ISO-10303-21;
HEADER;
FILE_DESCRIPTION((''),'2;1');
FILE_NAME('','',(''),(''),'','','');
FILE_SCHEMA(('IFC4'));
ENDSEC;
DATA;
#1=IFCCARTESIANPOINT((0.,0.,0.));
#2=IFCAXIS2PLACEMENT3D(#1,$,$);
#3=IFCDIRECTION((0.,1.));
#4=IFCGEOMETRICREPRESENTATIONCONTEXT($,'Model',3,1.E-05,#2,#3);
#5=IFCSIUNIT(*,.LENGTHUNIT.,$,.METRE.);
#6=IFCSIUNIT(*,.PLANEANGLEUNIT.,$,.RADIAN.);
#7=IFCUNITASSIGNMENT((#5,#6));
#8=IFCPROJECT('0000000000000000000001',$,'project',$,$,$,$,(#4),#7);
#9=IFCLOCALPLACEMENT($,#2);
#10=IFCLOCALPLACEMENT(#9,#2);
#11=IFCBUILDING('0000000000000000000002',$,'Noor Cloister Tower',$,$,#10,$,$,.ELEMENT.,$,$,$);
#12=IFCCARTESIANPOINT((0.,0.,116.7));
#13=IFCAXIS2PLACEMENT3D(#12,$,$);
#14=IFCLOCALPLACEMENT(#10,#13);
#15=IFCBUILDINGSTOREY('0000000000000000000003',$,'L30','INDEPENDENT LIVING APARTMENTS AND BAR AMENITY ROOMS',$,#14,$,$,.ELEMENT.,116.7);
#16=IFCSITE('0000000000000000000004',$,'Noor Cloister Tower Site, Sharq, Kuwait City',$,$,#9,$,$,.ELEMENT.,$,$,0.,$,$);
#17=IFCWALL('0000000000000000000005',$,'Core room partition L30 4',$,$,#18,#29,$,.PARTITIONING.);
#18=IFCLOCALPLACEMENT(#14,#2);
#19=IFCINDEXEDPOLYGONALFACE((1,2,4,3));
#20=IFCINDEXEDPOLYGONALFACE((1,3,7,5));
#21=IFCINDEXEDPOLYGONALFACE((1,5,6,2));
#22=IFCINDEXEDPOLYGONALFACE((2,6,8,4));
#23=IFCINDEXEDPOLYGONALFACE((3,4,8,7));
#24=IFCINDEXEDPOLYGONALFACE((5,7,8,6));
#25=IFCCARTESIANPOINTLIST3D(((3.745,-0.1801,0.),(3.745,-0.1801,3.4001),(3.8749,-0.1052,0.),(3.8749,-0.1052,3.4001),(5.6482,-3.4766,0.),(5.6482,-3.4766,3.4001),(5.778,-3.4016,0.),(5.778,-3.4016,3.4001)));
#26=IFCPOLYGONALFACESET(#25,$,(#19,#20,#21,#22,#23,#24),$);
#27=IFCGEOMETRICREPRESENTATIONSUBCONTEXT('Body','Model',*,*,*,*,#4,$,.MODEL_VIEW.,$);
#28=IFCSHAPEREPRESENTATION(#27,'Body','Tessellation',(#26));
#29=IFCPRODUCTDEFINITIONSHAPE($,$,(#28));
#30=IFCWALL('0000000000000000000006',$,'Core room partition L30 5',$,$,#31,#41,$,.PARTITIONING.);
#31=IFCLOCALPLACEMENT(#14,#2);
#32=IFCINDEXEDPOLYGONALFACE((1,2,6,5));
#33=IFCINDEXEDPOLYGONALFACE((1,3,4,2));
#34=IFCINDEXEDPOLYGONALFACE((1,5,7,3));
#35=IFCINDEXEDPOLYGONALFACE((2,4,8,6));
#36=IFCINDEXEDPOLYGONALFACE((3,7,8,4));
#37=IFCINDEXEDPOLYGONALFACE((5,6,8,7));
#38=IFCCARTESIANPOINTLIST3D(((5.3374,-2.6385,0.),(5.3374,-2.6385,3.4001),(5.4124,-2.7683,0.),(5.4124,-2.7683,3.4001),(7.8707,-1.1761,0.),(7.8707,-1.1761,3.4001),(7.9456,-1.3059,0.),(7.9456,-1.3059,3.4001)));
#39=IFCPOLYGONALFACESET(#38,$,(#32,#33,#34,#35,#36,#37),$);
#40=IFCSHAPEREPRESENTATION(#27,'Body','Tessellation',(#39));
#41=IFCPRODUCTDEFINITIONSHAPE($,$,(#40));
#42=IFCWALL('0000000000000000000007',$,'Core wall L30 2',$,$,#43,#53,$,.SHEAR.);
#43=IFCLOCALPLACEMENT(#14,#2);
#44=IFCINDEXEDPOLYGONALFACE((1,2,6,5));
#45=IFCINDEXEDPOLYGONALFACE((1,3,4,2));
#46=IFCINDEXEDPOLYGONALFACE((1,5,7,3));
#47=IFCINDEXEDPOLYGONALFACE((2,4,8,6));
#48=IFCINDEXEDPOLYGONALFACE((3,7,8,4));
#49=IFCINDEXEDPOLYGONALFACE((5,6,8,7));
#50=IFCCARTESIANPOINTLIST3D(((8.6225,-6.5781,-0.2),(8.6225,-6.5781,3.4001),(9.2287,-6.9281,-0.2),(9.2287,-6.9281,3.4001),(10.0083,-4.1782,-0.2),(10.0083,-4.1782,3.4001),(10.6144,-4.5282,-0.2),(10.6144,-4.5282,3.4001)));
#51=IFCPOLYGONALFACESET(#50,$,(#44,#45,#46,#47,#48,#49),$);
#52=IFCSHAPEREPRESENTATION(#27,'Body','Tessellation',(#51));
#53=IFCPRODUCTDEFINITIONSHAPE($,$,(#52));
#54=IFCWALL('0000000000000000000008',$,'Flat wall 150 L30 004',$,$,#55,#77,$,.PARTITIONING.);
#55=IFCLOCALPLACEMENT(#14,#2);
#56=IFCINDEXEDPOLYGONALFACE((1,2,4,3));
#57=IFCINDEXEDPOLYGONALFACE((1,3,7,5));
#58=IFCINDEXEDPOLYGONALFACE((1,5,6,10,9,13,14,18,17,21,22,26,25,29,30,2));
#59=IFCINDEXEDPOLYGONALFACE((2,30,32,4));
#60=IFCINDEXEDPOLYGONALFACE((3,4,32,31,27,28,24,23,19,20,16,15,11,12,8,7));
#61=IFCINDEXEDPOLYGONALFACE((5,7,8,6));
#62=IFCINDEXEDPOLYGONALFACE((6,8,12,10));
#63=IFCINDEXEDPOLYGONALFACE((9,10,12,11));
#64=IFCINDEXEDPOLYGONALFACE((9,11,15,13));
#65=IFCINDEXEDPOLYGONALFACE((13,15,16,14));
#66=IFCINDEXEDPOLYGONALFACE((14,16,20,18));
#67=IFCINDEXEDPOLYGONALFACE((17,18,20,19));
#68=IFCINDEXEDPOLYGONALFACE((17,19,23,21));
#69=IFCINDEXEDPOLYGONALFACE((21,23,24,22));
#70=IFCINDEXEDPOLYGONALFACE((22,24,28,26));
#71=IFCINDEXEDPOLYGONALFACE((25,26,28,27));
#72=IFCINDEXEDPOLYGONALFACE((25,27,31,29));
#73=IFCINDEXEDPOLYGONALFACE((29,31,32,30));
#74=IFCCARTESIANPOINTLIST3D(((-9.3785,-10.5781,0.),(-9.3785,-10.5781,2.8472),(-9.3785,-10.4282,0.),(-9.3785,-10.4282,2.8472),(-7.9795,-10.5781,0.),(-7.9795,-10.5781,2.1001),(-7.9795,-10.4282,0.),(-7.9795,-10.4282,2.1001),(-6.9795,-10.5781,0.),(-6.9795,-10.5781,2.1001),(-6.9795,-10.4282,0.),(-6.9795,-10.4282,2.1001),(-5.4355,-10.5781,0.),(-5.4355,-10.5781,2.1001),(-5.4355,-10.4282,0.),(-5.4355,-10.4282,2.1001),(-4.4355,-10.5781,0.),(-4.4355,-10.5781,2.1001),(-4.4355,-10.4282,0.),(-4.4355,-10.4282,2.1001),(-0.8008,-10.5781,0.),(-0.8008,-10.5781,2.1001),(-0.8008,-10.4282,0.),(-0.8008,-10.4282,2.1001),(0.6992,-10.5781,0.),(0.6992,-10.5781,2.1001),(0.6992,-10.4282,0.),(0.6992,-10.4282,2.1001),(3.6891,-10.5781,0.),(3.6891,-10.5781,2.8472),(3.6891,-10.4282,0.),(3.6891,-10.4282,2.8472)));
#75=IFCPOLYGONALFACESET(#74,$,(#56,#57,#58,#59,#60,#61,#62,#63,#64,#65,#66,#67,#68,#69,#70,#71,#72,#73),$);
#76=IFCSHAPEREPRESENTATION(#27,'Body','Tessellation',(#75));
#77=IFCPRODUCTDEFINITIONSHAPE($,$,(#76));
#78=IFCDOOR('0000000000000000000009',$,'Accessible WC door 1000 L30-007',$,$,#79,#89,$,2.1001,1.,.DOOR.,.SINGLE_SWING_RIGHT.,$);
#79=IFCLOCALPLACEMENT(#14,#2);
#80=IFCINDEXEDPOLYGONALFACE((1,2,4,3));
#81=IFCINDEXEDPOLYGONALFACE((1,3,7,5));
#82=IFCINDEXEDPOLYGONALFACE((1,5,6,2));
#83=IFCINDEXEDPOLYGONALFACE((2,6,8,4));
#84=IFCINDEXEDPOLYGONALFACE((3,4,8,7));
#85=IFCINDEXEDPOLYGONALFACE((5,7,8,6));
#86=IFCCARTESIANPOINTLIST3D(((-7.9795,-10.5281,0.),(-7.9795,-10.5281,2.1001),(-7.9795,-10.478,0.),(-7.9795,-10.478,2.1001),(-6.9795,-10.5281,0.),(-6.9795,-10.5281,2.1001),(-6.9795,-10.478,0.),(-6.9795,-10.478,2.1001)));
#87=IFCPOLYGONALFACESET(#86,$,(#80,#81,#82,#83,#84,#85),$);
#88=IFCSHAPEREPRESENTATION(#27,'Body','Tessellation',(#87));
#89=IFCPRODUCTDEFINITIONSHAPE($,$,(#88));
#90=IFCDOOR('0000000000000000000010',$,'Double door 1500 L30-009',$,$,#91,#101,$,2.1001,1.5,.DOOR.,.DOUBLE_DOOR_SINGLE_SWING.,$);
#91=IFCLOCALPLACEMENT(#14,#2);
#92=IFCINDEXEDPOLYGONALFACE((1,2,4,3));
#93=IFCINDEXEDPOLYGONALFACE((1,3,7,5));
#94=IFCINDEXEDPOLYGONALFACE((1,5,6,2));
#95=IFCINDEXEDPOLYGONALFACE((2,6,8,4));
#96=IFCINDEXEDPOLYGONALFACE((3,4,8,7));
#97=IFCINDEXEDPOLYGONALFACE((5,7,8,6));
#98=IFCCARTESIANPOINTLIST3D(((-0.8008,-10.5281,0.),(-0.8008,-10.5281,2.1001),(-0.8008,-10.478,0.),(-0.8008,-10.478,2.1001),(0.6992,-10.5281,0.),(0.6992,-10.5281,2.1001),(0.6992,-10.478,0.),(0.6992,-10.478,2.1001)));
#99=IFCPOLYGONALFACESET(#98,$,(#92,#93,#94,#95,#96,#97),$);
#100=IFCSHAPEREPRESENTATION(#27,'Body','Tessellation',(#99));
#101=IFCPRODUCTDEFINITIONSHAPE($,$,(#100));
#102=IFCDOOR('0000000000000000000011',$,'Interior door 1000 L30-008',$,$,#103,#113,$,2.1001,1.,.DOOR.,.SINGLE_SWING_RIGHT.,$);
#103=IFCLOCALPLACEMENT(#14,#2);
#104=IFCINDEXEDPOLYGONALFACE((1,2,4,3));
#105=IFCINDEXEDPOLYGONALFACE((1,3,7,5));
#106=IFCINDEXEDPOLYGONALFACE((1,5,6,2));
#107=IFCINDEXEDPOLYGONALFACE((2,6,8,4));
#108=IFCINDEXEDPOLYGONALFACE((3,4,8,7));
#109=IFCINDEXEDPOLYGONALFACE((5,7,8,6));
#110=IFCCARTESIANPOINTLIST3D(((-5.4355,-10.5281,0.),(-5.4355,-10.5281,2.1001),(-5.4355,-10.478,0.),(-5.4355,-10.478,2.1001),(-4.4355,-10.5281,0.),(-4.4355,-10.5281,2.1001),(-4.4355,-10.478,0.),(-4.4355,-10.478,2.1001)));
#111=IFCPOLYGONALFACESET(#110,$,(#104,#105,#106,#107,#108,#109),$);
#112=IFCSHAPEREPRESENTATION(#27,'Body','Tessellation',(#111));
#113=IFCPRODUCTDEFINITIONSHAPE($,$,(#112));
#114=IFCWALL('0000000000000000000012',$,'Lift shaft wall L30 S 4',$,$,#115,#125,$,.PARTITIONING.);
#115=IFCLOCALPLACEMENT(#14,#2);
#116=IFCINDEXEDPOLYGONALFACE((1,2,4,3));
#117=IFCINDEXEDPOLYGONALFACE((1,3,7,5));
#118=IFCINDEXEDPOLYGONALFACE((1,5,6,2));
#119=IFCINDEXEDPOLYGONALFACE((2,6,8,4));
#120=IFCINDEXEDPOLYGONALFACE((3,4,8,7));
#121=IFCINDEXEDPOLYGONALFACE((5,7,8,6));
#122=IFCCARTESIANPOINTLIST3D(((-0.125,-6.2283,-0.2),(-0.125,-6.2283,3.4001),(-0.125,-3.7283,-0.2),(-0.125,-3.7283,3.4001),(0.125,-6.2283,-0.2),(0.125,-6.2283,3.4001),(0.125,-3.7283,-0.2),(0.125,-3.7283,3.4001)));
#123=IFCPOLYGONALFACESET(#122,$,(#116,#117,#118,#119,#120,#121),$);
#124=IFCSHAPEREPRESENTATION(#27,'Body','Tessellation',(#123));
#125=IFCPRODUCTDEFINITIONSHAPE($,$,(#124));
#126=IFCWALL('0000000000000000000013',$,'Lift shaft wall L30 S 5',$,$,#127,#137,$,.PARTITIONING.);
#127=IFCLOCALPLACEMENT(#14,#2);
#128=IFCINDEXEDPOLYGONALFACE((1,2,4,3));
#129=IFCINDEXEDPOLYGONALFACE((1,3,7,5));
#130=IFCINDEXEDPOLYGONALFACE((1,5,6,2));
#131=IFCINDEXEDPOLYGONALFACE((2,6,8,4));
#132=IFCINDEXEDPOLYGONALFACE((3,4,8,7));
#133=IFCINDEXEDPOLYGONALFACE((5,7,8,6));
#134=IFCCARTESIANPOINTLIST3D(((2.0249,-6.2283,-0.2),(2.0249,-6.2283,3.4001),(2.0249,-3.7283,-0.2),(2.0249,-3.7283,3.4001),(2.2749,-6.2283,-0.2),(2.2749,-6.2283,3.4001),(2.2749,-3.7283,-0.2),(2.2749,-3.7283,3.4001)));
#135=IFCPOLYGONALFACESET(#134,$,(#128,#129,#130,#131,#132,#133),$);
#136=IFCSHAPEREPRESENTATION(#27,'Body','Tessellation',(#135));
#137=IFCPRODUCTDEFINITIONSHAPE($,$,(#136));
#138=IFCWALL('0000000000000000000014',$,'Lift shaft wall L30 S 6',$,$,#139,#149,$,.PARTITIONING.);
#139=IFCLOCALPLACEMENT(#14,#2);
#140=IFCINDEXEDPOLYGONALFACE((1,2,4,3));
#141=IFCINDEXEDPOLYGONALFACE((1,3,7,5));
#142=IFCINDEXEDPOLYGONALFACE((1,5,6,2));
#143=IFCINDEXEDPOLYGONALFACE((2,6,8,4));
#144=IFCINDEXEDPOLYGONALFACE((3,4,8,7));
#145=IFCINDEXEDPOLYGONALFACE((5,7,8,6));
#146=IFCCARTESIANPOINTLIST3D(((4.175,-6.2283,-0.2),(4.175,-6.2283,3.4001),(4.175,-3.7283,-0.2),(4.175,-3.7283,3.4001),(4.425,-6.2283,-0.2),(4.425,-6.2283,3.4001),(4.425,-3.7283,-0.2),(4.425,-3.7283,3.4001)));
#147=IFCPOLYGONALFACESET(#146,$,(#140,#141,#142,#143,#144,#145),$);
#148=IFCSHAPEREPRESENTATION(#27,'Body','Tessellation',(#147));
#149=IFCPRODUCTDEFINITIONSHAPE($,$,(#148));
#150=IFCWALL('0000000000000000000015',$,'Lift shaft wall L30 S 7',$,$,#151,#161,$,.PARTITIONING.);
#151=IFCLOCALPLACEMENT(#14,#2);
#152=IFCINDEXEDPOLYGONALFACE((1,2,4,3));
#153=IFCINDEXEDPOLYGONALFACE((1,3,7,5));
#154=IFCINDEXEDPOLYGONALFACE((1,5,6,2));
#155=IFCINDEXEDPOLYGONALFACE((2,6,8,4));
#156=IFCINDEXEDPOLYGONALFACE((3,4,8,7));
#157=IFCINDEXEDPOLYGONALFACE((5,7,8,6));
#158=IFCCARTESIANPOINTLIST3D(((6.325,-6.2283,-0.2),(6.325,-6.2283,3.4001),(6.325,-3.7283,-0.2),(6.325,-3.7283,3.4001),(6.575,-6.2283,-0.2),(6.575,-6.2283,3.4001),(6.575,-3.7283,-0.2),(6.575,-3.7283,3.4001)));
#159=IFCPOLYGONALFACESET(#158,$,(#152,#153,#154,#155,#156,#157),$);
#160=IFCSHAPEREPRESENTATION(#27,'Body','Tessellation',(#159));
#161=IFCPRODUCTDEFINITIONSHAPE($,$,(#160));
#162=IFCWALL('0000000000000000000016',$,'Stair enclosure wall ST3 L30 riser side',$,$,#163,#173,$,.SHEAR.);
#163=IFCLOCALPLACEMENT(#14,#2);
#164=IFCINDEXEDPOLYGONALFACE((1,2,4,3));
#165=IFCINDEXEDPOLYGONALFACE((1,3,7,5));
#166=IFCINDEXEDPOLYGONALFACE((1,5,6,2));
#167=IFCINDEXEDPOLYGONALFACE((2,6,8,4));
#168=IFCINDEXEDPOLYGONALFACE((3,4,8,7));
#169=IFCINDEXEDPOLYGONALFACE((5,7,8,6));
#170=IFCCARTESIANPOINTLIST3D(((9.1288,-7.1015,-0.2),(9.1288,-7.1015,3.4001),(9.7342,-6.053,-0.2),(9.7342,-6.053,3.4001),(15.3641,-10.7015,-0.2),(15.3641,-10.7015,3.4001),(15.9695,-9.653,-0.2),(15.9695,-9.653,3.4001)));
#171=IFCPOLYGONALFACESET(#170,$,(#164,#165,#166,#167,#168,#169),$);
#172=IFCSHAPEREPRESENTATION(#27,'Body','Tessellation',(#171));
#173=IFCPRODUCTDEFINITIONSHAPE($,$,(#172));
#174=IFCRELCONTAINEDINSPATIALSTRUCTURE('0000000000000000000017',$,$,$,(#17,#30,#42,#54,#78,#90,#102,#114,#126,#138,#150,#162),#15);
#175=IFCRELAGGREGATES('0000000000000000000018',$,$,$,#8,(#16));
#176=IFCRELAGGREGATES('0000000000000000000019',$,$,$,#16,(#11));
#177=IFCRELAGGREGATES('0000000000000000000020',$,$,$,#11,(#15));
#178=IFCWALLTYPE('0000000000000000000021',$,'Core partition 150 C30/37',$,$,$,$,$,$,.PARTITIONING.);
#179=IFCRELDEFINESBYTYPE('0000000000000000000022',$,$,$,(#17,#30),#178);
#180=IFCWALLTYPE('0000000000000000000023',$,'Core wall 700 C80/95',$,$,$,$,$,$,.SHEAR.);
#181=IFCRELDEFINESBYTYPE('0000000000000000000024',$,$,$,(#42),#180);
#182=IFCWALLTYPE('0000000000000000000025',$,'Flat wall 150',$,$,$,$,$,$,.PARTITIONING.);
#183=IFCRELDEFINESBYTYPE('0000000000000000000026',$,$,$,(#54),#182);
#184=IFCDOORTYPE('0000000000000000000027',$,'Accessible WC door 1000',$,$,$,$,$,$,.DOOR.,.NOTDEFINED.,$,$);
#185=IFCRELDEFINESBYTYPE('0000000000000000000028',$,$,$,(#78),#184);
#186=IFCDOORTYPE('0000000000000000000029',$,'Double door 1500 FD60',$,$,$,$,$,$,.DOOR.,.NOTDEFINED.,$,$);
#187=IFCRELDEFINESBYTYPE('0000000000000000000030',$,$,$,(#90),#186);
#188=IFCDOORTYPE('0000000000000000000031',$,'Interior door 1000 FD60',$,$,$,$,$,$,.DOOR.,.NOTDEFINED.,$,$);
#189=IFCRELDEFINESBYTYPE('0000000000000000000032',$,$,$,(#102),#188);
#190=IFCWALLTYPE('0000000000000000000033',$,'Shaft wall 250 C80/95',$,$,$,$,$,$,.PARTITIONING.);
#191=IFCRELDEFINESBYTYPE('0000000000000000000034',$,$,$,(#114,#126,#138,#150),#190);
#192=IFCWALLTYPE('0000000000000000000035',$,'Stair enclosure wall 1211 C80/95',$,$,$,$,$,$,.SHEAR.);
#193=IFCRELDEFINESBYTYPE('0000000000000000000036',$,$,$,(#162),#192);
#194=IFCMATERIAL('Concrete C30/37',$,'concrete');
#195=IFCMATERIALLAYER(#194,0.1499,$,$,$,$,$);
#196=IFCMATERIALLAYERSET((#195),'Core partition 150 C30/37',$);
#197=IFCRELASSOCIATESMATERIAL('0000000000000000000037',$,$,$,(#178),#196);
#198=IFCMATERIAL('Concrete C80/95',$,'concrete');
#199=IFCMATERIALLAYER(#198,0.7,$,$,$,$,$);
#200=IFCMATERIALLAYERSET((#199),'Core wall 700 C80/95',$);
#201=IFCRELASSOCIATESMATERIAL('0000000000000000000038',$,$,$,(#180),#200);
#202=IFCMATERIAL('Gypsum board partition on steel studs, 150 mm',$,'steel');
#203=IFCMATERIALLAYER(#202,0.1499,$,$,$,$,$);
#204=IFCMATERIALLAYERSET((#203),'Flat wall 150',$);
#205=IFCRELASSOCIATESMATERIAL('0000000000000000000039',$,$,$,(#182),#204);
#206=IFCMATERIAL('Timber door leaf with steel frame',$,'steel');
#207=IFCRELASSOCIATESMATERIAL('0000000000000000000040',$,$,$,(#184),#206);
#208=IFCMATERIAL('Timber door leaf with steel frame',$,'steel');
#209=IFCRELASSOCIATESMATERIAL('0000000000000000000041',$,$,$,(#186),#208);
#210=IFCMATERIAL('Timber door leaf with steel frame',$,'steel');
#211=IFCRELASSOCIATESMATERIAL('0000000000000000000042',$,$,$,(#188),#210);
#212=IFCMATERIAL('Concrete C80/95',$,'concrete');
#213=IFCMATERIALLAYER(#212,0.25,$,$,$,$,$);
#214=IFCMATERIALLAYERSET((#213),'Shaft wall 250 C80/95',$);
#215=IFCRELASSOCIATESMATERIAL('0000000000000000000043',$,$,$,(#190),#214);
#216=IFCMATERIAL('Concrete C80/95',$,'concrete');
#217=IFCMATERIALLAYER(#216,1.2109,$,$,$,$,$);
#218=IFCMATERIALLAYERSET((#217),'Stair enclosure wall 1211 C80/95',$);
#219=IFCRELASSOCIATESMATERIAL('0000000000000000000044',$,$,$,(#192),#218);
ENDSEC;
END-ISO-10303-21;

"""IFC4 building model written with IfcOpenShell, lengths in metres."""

from ifc_helpers import new_model, si_unit, direction, frame, frame_2d, origin, place, context, subcontext, project, spatial, rectangle, extrude, material, layer, layer_set, type_object, element, fill, save


model = new_model("IFC4")

# Units and contexts
model_context = context("Model", 3, precision=1e-05, world=origin(), true_north=direction((0.0, 1.0)))
body_context = subcontext(model_context, "Body", "Model", "MODEL_VIEW")
ifc_project = project(units=[si_unit("LENGTHUNIT", "METRE"), si_unit("PLANEANGLEUNIT", "RADIAN")], contexts=[model_context])

# Site, building, storey
site_placement = place(None, origin())
site = spatial("IfcSite", under=ifc_project, at=site_placement, Name="Noor Cloister Tower Site, Sharq, Kuwait City", CompositionType="ELEMENT", RefElevation=0.0)
building_placement = place(site_placement, origin())
building = spatial("IfcBuilding", under=site, at=building_placement, Name="Noor Cloister Tower", CompositionType="ELEMENT")
storey_placement = place(building_placement, frame((0.0, 0.0, 116.7)))
storey = spatial("IfcBuildingStorey", under=building, at=storey_placement, Name="L30", Description="INDEPENDENT LIVING APARTMENTS AND BAR AMENITY ROOMS", CompositionType="ELEMENT", Elevation=116.7)

# Walls
ifc_material_1 = material(Name="Concrete C30/37", Category="concrete")
ifc_layer_1 = layer(ifc_material_1, 0.1499)
ifc_layer_set_1 = layer_set([ifc_layer_1], Name="Core partition 150 C30/37")
wall_type_1 = type_object("IfcWallType", Name="Core partition 150 C30/37", PredefinedType="PARTITIONING", material=ifc_layer_set_1)
wall_1_placement = place(storey_placement, frame((5.7131, -3.4392, 0.0), z_axis=(0.0, 0.0, 1.0), x_axis=(-0.499982, 0.866036, 0.0)))
element("IfcWall", 1, at=wall_1_placement, inside=storey, type_object=wall_type_1, Name="Core room partition L30 4", PredefinedType="PARTITIONING", context=body_context, shape_type="SweptSolid", body=[
    extrude(rectangle(XDim=3.8064, YDim=0.1499, at=frame_2d((1.9033, 0.0))), origin(), (0.0, 0.0, 1.0), 3.4001),
])
wall_2_placement = place(storey_placement, frame((5.375, -2.7034, 0.0), z_axis=(0.0, 0.0, 1.0), x_axis=(0.866047, 0.499963, 0.0)))
element("IfcWall", 2, at=wall_2_placement, inside=storey, type_object=wall_type_1, Name="Core room partition L30 5", PredefinedType="PARTITIONING", context=body_context, shape_type="SweptSolid", body=[
    extrude(rectangle(XDim=2.925, YDim=0.1499, at=frame_2d((1.4624, 0.0))), origin(), (0.0, 0.0, 1.0), 3.4001),
])
ifc_material_2 = material(Name="Concrete C80/95", Category="concrete")
ifc_layer_2 = layer(ifc_material_2, 0.7)
ifc_layer_set_2 = layer_set([ifc_layer_2], Name="Core wall 700 C80/95")
wall_type_2 = type_object("IfcWallType", Name="Core wall 700 C80/95", PredefinedType="SHEAR", material=ifc_layer_set_2)
wall_3_placement = place(storey_placement, frame((8.9255, -6.7532, -0.2), z_axis=(0.0, 0.0, 1.0), x_axis=(0.500043, 0.866001, 0.0)))
element("IfcWall", 3, at=wall_3_placement, inside=storey, type_object=wall_type_2, Name="Core wall L30 2", PredefinedType="SHEAR", context=body_context, shape_type="SweptSolid", body=[
    extrude(rectangle(XDim=2.7712, YDim=0.7, at=frame_2d((1.3857, 0.0))), origin(), (0.0, 0.0, 1.0), 3.6001),
])

# Wall, openings, doors
ifc_material_3 = material(Name="Gypsum board partition on steel studs, 150 mm", Category="steel")
ifc_layer_3 = layer(ifc_material_3, 0.1499)
ifc_layer_set_3 = layer_set([ifc_layer_3], Name="Flat wall 150")
wall_type_3 = type_object("IfcWallType", Name="Flat wall 150", PredefinedType="PARTITIONING", material=ifc_layer_set_3)
wall_4_placement = place(storey_placement, frame((3.689, -10.5032, 0.0), z_axis=(0.0, 0.0, 1.0), x_axis=(-1.0, 0.0, 0.0)))
wall_4 = element("IfcWall", 4, at=wall_4_placement, inside=storey, type_object=wall_type_3, Name="Flat wall 150 L30 004", PredefinedType="PARTITIONING", context=body_context, shape_type="SweptSolid", body=[
    extrude(rectangle(XDim=13.0676, YDim=0.1499, at=frame_2d((6.5337, 0.0))), origin(), (0.0, 0.0, 1.0), 2.8472),
])
opening_1_placement = place(wall_4_placement, frame((10.6685, 0.0, 0.0)))
opening_1 = element("IfcOpeningElement", 5, at=opening_1_placement, cuts=wall_4, PredefinedType="OPENING", context=body_context, shape_type="SweptSolid", body=[
    extrude(rectangle(XDim=1.0, YDim=2.1001, at=frame_2d((0.5, 1.05))), frame((0.0, 0.085, 0.0), z_axis=(0.0, -1.0, 0.0), x_axis=(1.0, 0.0, 0.0)), (0.0, 0.0, 1.0), 0.1699),
])
opening_2_placement = place(wall_4_placement, frame((8.1245, 0.0, 0.0)))
opening_2 = element("IfcOpeningElement", 6, at=opening_2_placement, cuts=wall_4, PredefinedType="OPENING", context=body_context, shape_type="SweptSolid", body=[
    extrude(rectangle(XDim=1.0, YDim=2.1001, at=frame_2d((0.5, 1.05))), frame((0.0, 0.085, 0.0), z_axis=(0.0, -1.0, 0.0), x_axis=(1.0, 0.0, 0.0)), (0.0, 0.0, 1.0), 0.1699),
])
opening_3_placement = place(wall_4_placement, frame((2.9897, 0.0, 0.0)))
opening_3 = element("IfcOpeningElement", 7, at=opening_3_placement, cuts=wall_4, PredefinedType="OPENING", context=body_context, shape_type="SweptSolid", body=[
    extrude(rectangle(XDim=1.5, YDim=2.1001, at=frame_2d((0.75, 1.05))), frame((0.0, 0.085, 0.0), z_axis=(0.0, -1.0, 0.0), x_axis=(1.0, 0.0, 0.0)), (0.0, 0.0, 1.0), 0.1699),
])
ifc_material_4 = material(Name="Timber door leaf with steel frame", Category="steel")
door_type_1 = type_object("IfcDoorType", Name="Accessible WC door 1000", OperationType="NOTDEFINED", PredefinedType="DOOR", material=ifc_material_4)
door_1_placement = place(opening_1_placement, origin())
door_1 = element("IfcDoor", 8, at=door_1_placement, inside=storey, type_object=door_type_1, Name="Accessible WC door 1000 L30-007", OperationType="SINGLE_SWING_RIGHT", OverallHeight=2.1001, OverallWidth=1.0, PredefinedType="DOOR", context=body_context, shape_type="SweptSolid", body=[
    extrude(rectangle(XDim=1.0, YDim=2.1001, at=frame_2d((0.5, 1.05))), frame((0.0, 0.0249, 0.0), z_axis=(0.0, -1.0, 0.0), x_axis=(1.0, 0.0, 0.0)), (0.0, 0.0, 1.0), 0.05),
])
fill(opening_1, door_1)
ifc_material_5 = material(Name="Timber door leaf with steel frame", Category="steel")
door_type_2 = type_object("IfcDoorType", Name="Double door 1500 FD60", OperationType="NOTDEFINED", PredefinedType="DOOR", material=ifc_material_5)
door_2_placement = place(opening_3_placement, origin())
door_2 = element("IfcDoor", 9, at=door_2_placement, inside=storey, type_object=door_type_2, Name="Double door 1500 L30-009", OperationType="DOUBLE_DOOR_SINGLE_SWING", OverallHeight=2.1001, OverallWidth=1.5, PredefinedType="DOOR", context=body_context, shape_type="SweptSolid", body=[
    extrude(rectangle(XDim=1.5, YDim=2.1001, at=frame_2d((0.75, 1.05))), frame((0.0, 0.0249, 0.0), z_axis=(0.0, -1.0, 0.0), x_axis=(1.0, 0.0, 0.0)), (0.0, 0.0, 1.0), 0.05),
])
fill(opening_3, door_2)
ifc_material_6 = material(Name="Timber door leaf with steel frame", Category="steel")
door_type_3 = type_object("IfcDoorType", Name="Interior door 1000 FD60", OperationType="NOTDEFINED", PredefinedType="DOOR", material=ifc_material_6)
door_3_placement = place(opening_2_placement, origin())
door_3 = element("IfcDoor", 10, at=door_3_placement, inside=storey, type_object=door_type_3, Name="Interior door 1000 L30-008", OperationType="SINGLE_SWING_RIGHT", OverallHeight=2.1001, OverallWidth=1.0, PredefinedType="DOOR", context=body_context, shape_type="SweptSolid", body=[
    extrude(rectangle(XDim=1.0, YDim=2.1001, at=frame_2d((0.5, 1.05))), frame((0.0, 0.0249, 0.0), z_axis=(0.0, -1.0, 0.0), x_axis=(1.0, 0.0, 0.0)), (0.0, 0.0, 1.0), 0.05),
])
fill(opening_2, door_3)

# Walls
ifc_material_7 = material(Name="Concrete C80/95", Category="concrete")
ifc_layer_4 = layer(ifc_material_7, 0.25)
ifc_layer_set_4 = layer_set([ifc_layer_4], Name="Shaft wall 250 C80/95")
wall_type_4 = type_object("IfcWallType", Name="Shaft wall 250 C80/95", PredefinedType="PARTITIONING", material=ifc_layer_set_4)
for number, where, z_axis, x_axis, name in (
    (11, (0.0, -6.2283, -0.2), (0.0, 0.0, 1.0), (0.0, 1.0, 0.0), "Lift shaft wall L30 S 4"),
    (12, (2.1499, -6.2283, -0.2), (0.0, 0.0, 1.0), (0.0, 1.0, 0.0), "Lift shaft wall L30 S 5"),
    (13, (4.3, -6.2283, -0.2), (0.0, 0.0, 1.0), (0.0, 1.0, 0.0), "Lift shaft wall L30 S 6"),
    (14, (6.45, -6.2283, -0.2), (0.0, 0.0, 1.0), (0.0, 1.0, 0.0), "Lift shaft wall L30 S 7"),
):
    element("IfcWall", number, at=place(storey_placement, frame(where, z_axis=z_axis, x_axis=x_axis)), inside=storey, type_object=wall_type_4, Name=name, PredefinedType="PARTITIONING", context=body_context, shape_type="SweptSolid", body=[
        extrude(rectangle(XDim=2.5, YDim=0.25, at=frame_2d((1.25, 0.0))), origin(), (0.0, 0.0, 1.0), 3.6001),
    ])
ifc_material_8 = material(Name="Concrete C80/95", Category="concrete")
ifc_layer_5 = layer(ifc_material_8, 1.2109)
ifc_layer_set_5 = layer_set([ifc_layer_5], Name="Stair enclosure wall 1211 C80/95")
wall_type_5 = type_object("IfcWallType", Name="Stair enclosure wall 1211 C80/95", PredefinedType="SHEAR", material=ifc_layer_set_5)
wall_5_placement = place(storey_placement, frame((9.4314, -6.5771, -0.2), z_axis=(0.0, 0.0, 1.0), x_axis=(0.866018, -0.500012, 0.0)))
element("IfcWall", 15, at=wall_5_placement, inside=storey, type_object=wall_type_5, Name="Stair enclosure wall ST3 L30 riser side", PredefinedType="SHEAR", context=body_context, shape_type="SweptSolid", body=[
    extrude(rectangle(XDim=7.2, YDim=1.2107, at=frame_2d((3.6001, 0.0))), origin(), (0.0, 0.0, 1.0), 3.6001),
])

save(model, "model.ifc")
